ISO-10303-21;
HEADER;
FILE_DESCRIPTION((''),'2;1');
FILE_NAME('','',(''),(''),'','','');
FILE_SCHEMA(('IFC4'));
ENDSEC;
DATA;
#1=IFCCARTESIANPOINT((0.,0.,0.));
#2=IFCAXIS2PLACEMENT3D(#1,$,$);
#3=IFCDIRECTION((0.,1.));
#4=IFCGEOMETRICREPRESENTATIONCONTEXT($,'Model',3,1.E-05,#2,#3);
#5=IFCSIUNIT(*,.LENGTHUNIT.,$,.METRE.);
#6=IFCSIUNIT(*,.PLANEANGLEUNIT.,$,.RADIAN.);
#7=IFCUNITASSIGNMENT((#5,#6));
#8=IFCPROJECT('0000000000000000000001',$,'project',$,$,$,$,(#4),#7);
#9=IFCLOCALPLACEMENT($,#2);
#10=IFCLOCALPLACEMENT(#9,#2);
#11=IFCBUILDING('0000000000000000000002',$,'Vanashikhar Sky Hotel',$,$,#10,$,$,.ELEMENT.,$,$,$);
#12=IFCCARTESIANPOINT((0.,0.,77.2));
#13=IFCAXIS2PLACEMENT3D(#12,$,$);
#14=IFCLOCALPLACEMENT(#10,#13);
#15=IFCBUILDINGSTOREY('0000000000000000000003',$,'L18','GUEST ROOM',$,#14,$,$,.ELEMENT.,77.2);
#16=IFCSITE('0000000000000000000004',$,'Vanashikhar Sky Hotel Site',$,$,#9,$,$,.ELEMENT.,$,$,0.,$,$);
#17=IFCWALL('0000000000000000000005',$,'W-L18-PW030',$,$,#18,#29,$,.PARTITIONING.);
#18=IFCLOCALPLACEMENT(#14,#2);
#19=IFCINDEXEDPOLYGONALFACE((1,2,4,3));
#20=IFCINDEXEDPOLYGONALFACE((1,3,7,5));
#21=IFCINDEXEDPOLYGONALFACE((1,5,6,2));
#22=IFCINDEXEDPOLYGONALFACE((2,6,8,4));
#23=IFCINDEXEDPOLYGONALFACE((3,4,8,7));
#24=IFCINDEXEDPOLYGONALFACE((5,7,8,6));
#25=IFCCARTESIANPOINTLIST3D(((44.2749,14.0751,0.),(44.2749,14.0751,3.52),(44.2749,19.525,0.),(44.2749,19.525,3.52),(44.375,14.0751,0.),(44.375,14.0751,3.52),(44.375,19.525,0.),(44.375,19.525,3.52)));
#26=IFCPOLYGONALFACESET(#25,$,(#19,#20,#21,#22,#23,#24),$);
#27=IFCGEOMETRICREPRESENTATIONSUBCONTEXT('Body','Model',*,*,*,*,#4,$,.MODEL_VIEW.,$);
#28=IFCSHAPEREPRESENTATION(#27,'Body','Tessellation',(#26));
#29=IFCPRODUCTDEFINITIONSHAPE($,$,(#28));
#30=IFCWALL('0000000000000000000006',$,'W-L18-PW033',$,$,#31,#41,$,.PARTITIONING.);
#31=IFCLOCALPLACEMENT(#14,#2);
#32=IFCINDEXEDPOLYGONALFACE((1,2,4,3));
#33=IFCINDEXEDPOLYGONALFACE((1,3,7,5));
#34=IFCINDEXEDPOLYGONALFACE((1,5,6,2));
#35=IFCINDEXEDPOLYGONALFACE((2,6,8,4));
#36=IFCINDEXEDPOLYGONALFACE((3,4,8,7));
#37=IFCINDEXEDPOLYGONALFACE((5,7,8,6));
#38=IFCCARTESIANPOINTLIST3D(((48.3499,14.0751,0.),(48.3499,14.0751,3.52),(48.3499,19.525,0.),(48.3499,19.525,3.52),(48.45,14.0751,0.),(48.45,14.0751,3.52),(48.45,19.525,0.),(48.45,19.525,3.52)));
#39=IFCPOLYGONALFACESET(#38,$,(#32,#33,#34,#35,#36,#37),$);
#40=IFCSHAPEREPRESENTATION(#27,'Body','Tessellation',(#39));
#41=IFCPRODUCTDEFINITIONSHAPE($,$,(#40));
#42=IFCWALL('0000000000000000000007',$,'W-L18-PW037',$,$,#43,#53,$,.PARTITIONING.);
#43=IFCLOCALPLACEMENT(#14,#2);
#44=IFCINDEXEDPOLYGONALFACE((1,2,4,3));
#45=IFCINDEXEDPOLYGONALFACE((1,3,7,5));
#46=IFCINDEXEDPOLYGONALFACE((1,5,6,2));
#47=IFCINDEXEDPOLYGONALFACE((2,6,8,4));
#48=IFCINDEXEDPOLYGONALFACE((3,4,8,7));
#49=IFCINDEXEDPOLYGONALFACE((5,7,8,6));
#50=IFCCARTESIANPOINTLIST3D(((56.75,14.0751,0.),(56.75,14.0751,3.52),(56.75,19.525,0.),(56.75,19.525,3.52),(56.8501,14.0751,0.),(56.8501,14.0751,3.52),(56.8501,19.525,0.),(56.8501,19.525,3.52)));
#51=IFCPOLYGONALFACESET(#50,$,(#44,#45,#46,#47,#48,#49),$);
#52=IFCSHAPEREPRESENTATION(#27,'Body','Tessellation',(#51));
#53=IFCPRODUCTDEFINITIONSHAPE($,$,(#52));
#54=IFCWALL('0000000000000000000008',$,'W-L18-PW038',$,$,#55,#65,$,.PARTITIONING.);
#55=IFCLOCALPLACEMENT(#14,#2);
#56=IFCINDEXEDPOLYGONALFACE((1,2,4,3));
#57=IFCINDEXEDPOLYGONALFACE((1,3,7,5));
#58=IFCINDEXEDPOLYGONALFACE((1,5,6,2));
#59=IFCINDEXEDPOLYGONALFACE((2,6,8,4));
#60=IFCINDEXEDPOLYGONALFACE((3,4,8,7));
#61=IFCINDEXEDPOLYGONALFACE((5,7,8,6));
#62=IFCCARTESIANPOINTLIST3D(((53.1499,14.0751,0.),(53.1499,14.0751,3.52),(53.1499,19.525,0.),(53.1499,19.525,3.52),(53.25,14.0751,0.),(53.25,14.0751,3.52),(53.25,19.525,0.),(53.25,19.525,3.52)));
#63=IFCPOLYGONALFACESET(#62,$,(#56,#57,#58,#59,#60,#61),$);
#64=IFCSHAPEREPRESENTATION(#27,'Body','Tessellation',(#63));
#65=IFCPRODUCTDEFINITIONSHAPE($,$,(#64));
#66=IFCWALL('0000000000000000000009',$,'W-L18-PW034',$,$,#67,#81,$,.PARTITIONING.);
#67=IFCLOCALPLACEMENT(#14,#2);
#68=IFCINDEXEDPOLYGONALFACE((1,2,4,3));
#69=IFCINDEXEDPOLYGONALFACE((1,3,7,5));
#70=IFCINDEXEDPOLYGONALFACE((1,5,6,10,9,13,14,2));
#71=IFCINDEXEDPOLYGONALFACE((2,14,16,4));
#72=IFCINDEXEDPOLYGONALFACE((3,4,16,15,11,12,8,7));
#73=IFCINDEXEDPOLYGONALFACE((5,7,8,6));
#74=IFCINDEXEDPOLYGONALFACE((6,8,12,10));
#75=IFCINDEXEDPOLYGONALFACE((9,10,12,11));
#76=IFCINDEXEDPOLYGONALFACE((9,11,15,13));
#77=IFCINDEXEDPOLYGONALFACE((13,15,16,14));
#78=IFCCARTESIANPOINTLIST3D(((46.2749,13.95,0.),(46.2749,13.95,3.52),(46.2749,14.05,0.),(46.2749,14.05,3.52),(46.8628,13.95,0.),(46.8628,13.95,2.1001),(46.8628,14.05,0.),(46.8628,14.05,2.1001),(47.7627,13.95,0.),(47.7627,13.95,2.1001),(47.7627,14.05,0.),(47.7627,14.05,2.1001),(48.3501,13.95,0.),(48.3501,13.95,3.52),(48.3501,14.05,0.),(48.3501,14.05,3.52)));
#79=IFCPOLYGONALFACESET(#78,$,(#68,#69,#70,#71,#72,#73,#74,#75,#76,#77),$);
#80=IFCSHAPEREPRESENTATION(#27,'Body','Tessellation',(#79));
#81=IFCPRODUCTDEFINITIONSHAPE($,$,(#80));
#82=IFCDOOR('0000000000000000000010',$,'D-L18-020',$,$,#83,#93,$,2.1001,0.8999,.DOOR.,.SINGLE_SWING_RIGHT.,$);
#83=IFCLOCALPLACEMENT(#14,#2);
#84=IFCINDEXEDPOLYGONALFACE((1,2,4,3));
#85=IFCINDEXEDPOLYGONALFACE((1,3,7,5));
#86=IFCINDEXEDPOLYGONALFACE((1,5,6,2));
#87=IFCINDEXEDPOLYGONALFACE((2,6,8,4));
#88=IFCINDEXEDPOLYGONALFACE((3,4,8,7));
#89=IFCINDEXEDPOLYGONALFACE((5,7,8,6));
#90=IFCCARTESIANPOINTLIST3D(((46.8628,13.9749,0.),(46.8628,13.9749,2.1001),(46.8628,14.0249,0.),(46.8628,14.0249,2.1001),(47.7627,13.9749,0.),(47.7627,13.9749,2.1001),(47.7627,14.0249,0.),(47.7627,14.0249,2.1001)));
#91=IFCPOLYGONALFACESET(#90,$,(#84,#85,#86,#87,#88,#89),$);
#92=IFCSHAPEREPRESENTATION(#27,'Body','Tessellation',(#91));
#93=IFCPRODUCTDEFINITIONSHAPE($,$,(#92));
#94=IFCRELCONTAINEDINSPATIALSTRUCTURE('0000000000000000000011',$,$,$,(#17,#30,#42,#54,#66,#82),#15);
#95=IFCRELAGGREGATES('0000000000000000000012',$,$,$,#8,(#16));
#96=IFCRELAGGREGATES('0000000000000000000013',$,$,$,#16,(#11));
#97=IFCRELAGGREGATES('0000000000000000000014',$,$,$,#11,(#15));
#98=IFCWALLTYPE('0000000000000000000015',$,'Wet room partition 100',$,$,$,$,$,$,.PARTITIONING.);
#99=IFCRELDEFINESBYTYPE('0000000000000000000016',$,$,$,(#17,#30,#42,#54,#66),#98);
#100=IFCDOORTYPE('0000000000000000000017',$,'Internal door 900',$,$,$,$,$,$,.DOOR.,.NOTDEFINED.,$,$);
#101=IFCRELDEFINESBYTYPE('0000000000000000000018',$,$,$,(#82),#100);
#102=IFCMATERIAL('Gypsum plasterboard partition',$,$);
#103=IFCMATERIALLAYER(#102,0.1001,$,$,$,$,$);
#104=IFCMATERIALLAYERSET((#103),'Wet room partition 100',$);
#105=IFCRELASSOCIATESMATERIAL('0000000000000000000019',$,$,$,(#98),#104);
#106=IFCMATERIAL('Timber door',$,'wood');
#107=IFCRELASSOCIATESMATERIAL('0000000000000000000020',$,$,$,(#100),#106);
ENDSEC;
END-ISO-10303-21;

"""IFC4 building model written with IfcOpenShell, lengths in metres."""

from ifc_helpers import new_model, si_unit, direction, frame, frame_2d, origin, place, context, subcontext, project, spatial, rectangle, extrude, source, transform, mapped, material, layer, layer_set, type_object, element, fill, save


model = new_model("IFC4")

# Units and contexts
model_context = context("Model", 3, precision=1e-05, world=origin(), true_north=direction((0.0, 1.0)))
body_context = subcontext(model_context, "Body", "Model", "MODEL_VIEW")
ifc_project = project(units=[si_unit("LENGTHUNIT", "METRE"), si_unit("PLANEANGLEUNIT", "RADIAN")], contexts=[model_context])

# Site, building, storey
site_placement = place(None, origin())
site = spatial("IfcSite", under=ifc_project, at=site_placement, Name="Vanashikhar Sky Hotel Site", CompositionType="ELEMENT", RefElevation=0.0)
building_placement = place(site_placement, origin())
building = spatial("IfcBuilding", under=site, at=building_placement, Name="Vanashikhar Sky Hotel", CompositionType="ELEMENT")
storey_placement = place(building_placement, frame((0.0, 0.0, 77.2)))
storey = spatial("IfcBuildingStorey", under=building, at=storey_placement, Name="L18", Description="GUEST ROOM", CompositionType="ELEMENT", Elevation=77.2)

# Shared definitions
ifc_material_1 = material(Name="Gypsum plasterboard partition")

# Shared definitions
ifc_layer_1 = layer(ifc_material_1, 0.1001)
ifc_layer_set_1 = layer_set([ifc_layer_1], Name="Wet room partition 100")
wall_type_1 = type_object("IfcWallType", Name="Wet room partition 100", PredefinedType="PARTITIONING", material=ifc_layer_set_1)
shared_shape_1 = source(origin(), body_context, "Body", "SweptSolid", [
    extrude(rectangle(XDim=0.8999, YDim=2.1001, at=frame_2d((0.45, 1.05))), frame((0.0, 0.0601, 0.0), z_axis=(0.0, -1.0, 0.0), x_axis=(1.0, 0.0, 0.0)), (0.0, 0.0, 1.0), 0.1201),
])
ifc_material_2 = material(Name="Timber door", Category="wood")
door_type = type_object("IfcDoorType", Name="Internal door 900", OperationType="NOTDEFINED", PredefinedType="DOOR", material=ifc_material_2)
shared_shape_2 = source(origin(), body_context, "Body", "SweptSolid", [
    extrude(rectangle(XDim=0.8999, YDim=2.1001, at=frame_2d((0.45, 1.05))), frame((0.0, 0.0249, 0.0), z_axis=(0.0, -1.0, 0.0), x_axis=(1.0, 0.0, 0.0)), (0.0, 0.0, 1.0), 0.05),
])

# Walls
shared_shape_3 = source(origin(), body_context, "Body", "SweptSolid", [
    extrude(rectangle(XDim=5.45, YDim=0.1001, at=frame_2d((2.7251, 0.0))), origin(), (0.0, 0.0, 1.0), 3.52),
])
for number, where, z_axis, x_axis, name in (
    (1, (44.325, 14.075, 0.0), (0.0, 0.0, 1.0), (0.0, 1.0, 0.0), "W-L18-PW030"),
    (2, (48.3999, 14.075, 0.0), (0.0, 0.0, 1.0), (0.0, 1.0, 0.0), "W-L18-PW033"),
    (3, (56.8, 14.075, 0.0), (0.0, 0.0, 1.0), (0.0, 1.0, 0.0), "W-L18-PW037"),
    (4, (53.2, 14.075, 0.0), (0.0, 0.0, 1.0), (0.0, 1.0, 0.0), "W-L18-PW038"),
):
    element("IfcWall", number, at=place(storey_placement, frame(where, z_axis=z_axis, x_axis=x_axis)), inside=storey, type_object=wall_type_1, Name=name, PredefinedType="PARTITIONING", context=body_context, shape_type="MappedRepresentation", body=[
        mapped(shared_shape_3, transform((0.0, 0.0, 0.0), scale=1.0)),
    ])

# Wall, opening, door
shared_shape_4 = source(origin(), body_context, "Body", "SweptSolid", [
    extrude(rectangle(XDim=2.0752, YDim=0.1001, at=frame_2d((1.0376, 0.0))), origin(), (0.0, 0.0, 1.0), 3.52),
])
wall_1_placement = place(storey_placement, frame((46.2749, 14.0, 0.0), z_axis=(0.0, 0.0, 1.0), x_axis=(1.0, 0.0, 0.0)))
wall_1 = element("IfcWall", 5, at=wall_1_placement, inside=storey, type_object=wall_type_1, Name="W-L18-PW034", PredefinedType="PARTITIONING", context=body_context, shape_type="MappedRepresentation", body=[
    mapped(shared_shape_4, transform((0.0, 0.0, 0.0), scale=1.0)),
])
opening_1_placement = place(wall_1_placement, frame((0.5879, 0.0, 0.0)))
opening_1 = element("IfcOpeningElement", 6, at=opening_1_placement, cuts=wall_1, PredefinedType="OPENING", context=body_context, shape_type="MappedRepresentation", body=[
    mapped(shared_shape_1, transform((0.0, 0.0, 0.0), scale=1.0)),
])
door_1_placement = place(opening_1_placement, origin())
door_1 = element("IfcDoor", 7, at=door_1_placement, inside=storey, type_object=door_type, Name="D-L18-020", OperationType="SINGLE_SWING_RIGHT", OverallHeight=2.1001, OverallWidth=0.8999, PredefinedType="DOOR", context=body_context, shape_type="MappedRepresentation", body=[
    mapped(shared_shape_2, transform((0.0, 0.0, 0.0), scale=1.0)),
])
fill(opening_1, door_1)

save(model, "model.ifc")
